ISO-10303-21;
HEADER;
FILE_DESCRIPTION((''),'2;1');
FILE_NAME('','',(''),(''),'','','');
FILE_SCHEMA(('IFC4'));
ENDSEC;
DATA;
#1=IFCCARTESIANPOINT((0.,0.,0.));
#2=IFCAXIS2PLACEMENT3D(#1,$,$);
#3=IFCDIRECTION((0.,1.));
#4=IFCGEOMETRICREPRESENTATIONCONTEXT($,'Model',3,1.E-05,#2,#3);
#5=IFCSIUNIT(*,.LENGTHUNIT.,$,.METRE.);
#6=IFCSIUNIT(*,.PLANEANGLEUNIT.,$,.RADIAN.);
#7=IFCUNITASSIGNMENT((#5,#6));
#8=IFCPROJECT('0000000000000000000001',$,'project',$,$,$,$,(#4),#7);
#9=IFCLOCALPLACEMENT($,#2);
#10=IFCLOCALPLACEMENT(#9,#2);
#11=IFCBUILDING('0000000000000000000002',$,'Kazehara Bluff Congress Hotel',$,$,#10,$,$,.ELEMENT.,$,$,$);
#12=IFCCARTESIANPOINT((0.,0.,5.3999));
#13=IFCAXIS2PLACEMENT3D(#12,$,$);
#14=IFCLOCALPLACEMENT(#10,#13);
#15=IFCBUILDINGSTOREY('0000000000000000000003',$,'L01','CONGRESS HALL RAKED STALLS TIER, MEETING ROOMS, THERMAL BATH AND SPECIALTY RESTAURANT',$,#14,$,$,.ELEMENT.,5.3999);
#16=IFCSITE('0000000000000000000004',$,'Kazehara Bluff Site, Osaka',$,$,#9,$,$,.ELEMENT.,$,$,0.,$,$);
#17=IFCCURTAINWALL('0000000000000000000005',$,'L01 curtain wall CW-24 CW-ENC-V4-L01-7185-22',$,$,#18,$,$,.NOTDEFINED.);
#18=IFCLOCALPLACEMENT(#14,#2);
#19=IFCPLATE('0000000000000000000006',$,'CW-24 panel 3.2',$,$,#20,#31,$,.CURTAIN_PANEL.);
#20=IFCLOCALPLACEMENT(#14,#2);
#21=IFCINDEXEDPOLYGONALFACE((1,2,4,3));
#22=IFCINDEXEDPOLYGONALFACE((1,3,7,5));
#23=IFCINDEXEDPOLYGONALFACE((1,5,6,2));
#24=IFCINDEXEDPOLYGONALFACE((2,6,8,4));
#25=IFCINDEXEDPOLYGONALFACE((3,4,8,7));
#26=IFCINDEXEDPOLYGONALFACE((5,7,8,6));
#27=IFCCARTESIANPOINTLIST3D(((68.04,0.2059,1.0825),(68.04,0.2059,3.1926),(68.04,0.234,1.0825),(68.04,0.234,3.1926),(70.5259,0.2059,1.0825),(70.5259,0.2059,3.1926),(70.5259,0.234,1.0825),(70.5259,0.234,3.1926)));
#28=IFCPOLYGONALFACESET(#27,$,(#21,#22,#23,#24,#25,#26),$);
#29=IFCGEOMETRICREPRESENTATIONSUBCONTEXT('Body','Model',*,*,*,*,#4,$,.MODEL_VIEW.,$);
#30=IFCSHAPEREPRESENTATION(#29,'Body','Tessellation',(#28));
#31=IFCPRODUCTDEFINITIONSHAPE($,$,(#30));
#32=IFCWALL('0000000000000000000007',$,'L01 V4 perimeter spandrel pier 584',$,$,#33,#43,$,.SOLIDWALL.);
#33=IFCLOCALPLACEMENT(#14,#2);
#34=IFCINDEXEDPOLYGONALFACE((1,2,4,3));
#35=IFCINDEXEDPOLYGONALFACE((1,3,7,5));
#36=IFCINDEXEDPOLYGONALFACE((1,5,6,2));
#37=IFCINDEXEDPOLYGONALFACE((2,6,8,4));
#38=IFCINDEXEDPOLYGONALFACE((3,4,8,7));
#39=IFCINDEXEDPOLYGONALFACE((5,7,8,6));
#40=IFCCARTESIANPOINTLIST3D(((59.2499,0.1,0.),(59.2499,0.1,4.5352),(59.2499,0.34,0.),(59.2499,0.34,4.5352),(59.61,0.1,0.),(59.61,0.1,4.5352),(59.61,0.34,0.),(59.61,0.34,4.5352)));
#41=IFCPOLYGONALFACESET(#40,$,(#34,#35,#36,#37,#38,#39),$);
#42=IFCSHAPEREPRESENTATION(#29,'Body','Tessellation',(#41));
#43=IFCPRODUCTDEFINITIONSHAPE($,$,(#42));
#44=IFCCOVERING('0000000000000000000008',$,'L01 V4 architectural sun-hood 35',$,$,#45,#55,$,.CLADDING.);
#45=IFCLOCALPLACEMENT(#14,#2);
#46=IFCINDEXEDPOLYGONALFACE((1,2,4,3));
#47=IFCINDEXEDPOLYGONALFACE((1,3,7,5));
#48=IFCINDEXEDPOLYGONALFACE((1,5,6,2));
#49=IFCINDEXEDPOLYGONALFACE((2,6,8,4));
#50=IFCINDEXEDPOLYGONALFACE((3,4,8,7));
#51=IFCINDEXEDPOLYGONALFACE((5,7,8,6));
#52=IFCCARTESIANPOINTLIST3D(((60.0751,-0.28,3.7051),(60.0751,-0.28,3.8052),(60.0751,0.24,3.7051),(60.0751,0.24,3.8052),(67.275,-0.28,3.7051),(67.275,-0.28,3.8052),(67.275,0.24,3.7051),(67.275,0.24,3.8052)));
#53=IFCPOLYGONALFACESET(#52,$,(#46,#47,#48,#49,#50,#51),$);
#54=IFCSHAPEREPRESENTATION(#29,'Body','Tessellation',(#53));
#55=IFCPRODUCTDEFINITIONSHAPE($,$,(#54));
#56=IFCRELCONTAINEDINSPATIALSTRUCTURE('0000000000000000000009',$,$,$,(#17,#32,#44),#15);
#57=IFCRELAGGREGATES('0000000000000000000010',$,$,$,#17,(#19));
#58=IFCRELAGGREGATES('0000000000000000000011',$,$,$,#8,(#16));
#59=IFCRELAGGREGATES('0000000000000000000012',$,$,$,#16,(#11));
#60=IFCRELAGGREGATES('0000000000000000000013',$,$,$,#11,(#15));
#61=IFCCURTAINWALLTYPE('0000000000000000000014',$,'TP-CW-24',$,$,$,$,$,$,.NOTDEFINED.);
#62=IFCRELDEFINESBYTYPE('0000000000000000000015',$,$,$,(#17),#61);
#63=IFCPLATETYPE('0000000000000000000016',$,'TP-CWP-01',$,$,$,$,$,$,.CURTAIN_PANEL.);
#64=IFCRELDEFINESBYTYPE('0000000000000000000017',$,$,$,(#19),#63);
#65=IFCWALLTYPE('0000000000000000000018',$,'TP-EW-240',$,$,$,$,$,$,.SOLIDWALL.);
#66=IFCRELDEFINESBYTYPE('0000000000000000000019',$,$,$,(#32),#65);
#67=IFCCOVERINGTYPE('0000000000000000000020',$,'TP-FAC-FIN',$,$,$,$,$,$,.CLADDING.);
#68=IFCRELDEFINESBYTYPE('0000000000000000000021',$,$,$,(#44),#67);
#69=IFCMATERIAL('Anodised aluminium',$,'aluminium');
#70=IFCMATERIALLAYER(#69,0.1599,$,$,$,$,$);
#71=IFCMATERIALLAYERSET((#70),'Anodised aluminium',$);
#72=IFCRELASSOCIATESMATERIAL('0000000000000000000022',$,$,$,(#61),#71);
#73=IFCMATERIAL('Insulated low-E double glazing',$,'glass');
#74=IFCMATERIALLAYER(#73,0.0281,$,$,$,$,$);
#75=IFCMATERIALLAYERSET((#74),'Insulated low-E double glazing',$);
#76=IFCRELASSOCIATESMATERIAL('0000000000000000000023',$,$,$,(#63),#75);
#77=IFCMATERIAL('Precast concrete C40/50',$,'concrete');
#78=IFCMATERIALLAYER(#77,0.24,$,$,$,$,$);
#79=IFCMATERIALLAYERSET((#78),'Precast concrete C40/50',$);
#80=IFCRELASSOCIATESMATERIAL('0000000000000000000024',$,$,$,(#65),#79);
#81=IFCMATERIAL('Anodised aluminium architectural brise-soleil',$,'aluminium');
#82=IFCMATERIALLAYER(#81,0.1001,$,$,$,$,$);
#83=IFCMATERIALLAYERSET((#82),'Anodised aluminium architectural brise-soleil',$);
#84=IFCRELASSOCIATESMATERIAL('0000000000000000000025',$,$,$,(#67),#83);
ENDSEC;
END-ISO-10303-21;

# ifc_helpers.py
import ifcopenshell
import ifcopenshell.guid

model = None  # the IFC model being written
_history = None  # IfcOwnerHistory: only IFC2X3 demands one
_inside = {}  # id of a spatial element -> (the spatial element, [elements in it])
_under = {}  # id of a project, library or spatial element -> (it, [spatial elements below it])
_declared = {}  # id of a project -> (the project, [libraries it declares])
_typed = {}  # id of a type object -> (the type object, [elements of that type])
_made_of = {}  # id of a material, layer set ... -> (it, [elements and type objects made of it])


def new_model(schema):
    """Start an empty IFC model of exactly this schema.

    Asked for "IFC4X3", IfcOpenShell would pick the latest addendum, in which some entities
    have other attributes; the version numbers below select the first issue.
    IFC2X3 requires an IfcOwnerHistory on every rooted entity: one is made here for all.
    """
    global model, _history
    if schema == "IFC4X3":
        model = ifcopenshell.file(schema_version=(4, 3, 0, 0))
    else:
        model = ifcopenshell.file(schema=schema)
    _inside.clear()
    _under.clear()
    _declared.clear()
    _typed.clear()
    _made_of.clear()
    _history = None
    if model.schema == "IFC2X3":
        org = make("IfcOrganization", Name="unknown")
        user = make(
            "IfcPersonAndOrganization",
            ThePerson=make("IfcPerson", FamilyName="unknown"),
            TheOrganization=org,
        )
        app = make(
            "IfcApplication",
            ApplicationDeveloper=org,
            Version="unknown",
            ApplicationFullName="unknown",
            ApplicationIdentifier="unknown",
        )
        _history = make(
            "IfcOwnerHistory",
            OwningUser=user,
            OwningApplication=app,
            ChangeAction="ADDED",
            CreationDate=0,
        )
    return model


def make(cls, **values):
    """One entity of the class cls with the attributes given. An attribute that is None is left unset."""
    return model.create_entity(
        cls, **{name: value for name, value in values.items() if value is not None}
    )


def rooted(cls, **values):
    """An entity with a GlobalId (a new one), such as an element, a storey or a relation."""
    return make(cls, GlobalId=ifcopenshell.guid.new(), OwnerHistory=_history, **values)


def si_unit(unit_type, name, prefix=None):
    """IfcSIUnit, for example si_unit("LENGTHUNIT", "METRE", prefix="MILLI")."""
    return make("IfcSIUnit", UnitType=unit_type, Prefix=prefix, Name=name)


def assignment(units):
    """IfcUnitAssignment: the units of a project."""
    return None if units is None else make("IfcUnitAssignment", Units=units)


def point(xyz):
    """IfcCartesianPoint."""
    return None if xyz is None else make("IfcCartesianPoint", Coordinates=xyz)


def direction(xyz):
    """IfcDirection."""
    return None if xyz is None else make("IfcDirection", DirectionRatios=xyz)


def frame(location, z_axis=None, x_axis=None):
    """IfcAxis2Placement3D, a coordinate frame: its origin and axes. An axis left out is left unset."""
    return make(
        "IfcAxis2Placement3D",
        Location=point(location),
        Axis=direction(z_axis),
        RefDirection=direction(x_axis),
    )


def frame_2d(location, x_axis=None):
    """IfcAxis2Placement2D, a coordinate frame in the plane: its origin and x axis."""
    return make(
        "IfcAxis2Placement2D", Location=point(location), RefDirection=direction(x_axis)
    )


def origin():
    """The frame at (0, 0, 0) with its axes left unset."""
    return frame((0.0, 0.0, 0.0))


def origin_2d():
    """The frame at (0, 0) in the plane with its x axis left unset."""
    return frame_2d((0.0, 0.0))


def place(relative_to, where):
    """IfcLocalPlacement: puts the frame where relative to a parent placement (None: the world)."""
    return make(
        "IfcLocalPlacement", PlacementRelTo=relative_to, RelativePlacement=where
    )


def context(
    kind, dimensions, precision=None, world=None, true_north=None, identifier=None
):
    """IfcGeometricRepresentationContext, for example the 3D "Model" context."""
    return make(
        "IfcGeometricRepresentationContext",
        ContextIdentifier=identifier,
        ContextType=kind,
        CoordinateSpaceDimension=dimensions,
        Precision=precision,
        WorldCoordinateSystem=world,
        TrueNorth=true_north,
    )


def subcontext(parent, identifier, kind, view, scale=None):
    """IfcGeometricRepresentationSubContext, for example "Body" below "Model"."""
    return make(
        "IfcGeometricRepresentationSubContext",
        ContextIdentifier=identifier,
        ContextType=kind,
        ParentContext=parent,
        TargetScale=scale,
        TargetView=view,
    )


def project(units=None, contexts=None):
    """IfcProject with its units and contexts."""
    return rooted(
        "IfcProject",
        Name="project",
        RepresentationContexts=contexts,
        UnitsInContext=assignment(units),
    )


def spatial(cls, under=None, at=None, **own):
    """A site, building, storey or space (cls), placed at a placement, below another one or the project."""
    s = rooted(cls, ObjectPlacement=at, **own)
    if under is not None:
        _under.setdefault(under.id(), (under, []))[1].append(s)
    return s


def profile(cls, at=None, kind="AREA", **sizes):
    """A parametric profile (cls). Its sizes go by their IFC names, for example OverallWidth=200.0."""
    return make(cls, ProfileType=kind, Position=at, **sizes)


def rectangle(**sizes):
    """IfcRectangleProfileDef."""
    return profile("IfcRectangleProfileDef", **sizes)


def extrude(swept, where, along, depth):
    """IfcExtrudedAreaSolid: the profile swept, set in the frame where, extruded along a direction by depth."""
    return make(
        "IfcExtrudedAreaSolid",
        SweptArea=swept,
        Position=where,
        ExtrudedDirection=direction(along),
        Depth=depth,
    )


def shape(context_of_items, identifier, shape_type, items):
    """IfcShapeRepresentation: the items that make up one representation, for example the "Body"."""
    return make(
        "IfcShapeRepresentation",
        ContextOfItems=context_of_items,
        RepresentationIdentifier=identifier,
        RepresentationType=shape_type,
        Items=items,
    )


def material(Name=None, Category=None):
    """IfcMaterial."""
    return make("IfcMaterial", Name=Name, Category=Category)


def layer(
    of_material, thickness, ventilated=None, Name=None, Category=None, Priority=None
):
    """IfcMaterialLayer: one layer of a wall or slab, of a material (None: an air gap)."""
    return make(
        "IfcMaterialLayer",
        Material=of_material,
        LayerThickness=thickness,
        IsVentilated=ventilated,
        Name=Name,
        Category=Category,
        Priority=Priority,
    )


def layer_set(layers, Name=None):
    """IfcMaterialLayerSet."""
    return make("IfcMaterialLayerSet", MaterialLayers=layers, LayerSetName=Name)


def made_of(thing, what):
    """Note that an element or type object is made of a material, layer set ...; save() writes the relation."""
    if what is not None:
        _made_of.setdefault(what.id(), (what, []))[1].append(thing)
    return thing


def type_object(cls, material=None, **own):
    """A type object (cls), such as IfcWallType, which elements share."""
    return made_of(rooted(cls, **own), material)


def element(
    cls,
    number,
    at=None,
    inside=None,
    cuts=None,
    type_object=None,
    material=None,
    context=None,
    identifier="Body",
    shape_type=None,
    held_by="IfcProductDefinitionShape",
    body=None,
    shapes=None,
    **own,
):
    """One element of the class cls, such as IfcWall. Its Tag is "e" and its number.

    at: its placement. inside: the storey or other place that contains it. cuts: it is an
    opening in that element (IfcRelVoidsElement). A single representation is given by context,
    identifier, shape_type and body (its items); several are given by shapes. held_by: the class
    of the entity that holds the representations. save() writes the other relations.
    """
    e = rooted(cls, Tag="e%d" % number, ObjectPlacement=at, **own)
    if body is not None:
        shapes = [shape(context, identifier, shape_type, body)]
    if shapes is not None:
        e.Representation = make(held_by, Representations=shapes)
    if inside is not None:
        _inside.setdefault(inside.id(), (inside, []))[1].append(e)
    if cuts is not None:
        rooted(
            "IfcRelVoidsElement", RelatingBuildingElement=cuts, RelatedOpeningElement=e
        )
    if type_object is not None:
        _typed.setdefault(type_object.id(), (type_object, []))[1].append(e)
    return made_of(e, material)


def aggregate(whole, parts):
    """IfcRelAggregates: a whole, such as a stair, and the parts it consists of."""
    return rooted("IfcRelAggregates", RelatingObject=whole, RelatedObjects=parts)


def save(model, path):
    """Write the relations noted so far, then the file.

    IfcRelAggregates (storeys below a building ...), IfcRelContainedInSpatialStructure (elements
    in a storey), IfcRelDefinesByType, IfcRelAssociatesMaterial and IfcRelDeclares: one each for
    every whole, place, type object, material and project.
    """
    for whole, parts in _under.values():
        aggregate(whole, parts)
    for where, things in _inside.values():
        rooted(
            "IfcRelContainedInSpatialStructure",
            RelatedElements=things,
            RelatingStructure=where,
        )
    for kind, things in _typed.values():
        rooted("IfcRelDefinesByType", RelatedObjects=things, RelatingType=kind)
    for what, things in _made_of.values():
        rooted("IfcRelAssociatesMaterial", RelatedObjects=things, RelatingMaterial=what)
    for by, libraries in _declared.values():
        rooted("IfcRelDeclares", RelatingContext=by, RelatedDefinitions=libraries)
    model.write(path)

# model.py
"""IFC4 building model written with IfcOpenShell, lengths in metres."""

from ifc_helpers import new_model, si_unit, direction, frame, frame_2d, origin, origin_2d, place, context, subcontext, project, spatial, rectangle, extrude, material, layer, layer_set, type_object, element, aggregate, save


model = new_model("IFC4")

# Units and contexts
model_context = context("Model", 3, precision=1e-05, world=origin(), true_north=direction((0.0, 1.0)))
body_context = subcontext(model_context, "Body", "Model", "MODEL_VIEW")
ifc_project = project(units=[si_unit("LENGTHUNIT", "METRE"), si_unit("PLANEANGLEUNIT", "RADIAN")], contexts=[model_context])

# Site, building, storey
site_placement = place(None, origin())
site = spatial("IfcSite", under=ifc_project, at=site_placement, Name="Kazehara Bluff Site, Osaka", CompositionType="ELEMENT", RefElevation=0.0)
building_placement = place(site_placement, origin())
building = spatial("IfcBuilding", under=site, at=building_placement, Name="Kazehara Bluff Congress Hotel", CompositionType="ELEMENT")
storey_placement = place(building_placement, frame((0.0, 0.0, 5.3999)))
storey = spatial("IfcBuildingStorey", under=building, at=storey_placement, Name="L01", Description="CONGRESS HALL RAKED STALLS TIER, MEETING ROOMS, THERMAL BATH AND SPECIALTY RESTAURANT", CompositionType="ELEMENT", Elevation=5.3999)

# Curtain wall
ifc_material_1 = material(Name="Anodised aluminium", Category="aluminium")
ifc_layer_1 = layer(ifc_material_1, 0.1599)
ifc_layer_set_1 = layer_set([ifc_layer_1], Name="Anodised aluminium")
curtain_wall_type_1 = type_object("IfcCurtainWallType", Name="TP-CW-24", PredefinedType="NOTDEFINED", material=ifc_layer_set_1)
curtain_wall_1_placement = place(storey_placement, origin())
curtain_wall_1 = element("IfcCurtainWall", 1, at=curtain_wall_1_placement, inside=storey, type_object=curtain_wall_type_1, Name="L01 curtain wall CW-24 CW-ENC-V4-L01-7185-22", PredefinedType="NOTDEFINED")

# Plate
ifc_material_2 = material(Name="Insulated low-E double glazing", Category="glass")
ifc_layer_2 = layer(ifc_material_2, 0.0281)
ifc_layer_set_2 = layer_set([ifc_layer_2], Name="Insulated low-E double glazing")
plate_type = type_object("IfcPlateType", Name="TP-CWP-01", PredefinedType="CURTAIN_PANEL", material=ifc_layer_set_2)
plate_1_placement = place(storey_placement, frame((69.283, 0.22, 1.0825), z_axis=(0.0, 0.0, 1.0), x_axis=(-1.0, 0.0, 0.0)))
plate_1 = element("IfcPlate", 2, at=plate_1_placement, type_object=plate_type, Name="CW-24 panel 3.2", PredefinedType="CURTAIN_PANEL", context=body_context, shape_type="SweptSolid", body=[
    extrude(rectangle(XDim=2.4858, YDim=0.0281, at=origin_2d()), origin(), (0.0, 0.0, 1.0), 2.1101),
])
aggregate(curtain_wall_1, [plate_1])

# Wall
ifc_material_3 = material(Name="Precast concrete C40/50", Category="concrete")
ifc_layer_3 = layer(ifc_material_3, 0.24)
ifc_layer_set_3 = layer_set([ifc_layer_3], Name="Precast concrete C40/50")
wall_type = type_object("IfcWallType", Name="TP-EW-240", PredefinedType="SOLIDWALL", material=ifc_layer_set_3)
wall_placement = place(storey_placement, frame((59.6101, 0.22, 0.0), z_axis=(0.0, 0.0, 1.0), x_axis=(-1.0, 0.0, 0.0)))
element("IfcWall", 3, at=wall_placement, inside=storey, type_object=wall_type, Name="L01 V4 perimeter spandrel pier 584", PredefinedType="SOLIDWALL", context=body_context, shape_type="SweptSolid", body=[
    extrude(rectangle(XDim=0.3601, YDim=0.24, at=frame_2d((0.1802, 0.0))), origin(), (0.0, 0.0, 1.0), 4.5352),
])

# Covering
ifc_material_4 = material(Name="Anodised aluminium architectural brise-soleil", Category="aluminium")
ifc_layer_4 = layer(ifc_material_4, 0.1001)
ifc_layer_set_4 = layer_set([ifc_layer_4], Name="Anodised aluminium architectural brise-soleil")
covering_type = type_object("IfcCoveringType", Name="TP-FAC-FIN", PredefinedType="CLADDING", material=ifc_layer_set_4)
covering_placement = place(storey_placement, frame((63.675, -0.02, 3.7051), z_axis=(0.0, 0.0, 1.0), x_axis=(1.0, 0.0, 0.0)))
element("IfcCovering", 4, at=covering_placement, inside=storey, type_object=covering_type, Name="L01 V4 architectural sun-hood 35", PredefinedType="CLADDING", context=body_context, shape_type="SweptSolid", body=[
    extrude(rectangle(XDim=7.2, YDim=0.52, at=origin_2d()), origin(), (0.0, 0.0, 1.0), 0.1001),
])

save(model, "model.ifc")
